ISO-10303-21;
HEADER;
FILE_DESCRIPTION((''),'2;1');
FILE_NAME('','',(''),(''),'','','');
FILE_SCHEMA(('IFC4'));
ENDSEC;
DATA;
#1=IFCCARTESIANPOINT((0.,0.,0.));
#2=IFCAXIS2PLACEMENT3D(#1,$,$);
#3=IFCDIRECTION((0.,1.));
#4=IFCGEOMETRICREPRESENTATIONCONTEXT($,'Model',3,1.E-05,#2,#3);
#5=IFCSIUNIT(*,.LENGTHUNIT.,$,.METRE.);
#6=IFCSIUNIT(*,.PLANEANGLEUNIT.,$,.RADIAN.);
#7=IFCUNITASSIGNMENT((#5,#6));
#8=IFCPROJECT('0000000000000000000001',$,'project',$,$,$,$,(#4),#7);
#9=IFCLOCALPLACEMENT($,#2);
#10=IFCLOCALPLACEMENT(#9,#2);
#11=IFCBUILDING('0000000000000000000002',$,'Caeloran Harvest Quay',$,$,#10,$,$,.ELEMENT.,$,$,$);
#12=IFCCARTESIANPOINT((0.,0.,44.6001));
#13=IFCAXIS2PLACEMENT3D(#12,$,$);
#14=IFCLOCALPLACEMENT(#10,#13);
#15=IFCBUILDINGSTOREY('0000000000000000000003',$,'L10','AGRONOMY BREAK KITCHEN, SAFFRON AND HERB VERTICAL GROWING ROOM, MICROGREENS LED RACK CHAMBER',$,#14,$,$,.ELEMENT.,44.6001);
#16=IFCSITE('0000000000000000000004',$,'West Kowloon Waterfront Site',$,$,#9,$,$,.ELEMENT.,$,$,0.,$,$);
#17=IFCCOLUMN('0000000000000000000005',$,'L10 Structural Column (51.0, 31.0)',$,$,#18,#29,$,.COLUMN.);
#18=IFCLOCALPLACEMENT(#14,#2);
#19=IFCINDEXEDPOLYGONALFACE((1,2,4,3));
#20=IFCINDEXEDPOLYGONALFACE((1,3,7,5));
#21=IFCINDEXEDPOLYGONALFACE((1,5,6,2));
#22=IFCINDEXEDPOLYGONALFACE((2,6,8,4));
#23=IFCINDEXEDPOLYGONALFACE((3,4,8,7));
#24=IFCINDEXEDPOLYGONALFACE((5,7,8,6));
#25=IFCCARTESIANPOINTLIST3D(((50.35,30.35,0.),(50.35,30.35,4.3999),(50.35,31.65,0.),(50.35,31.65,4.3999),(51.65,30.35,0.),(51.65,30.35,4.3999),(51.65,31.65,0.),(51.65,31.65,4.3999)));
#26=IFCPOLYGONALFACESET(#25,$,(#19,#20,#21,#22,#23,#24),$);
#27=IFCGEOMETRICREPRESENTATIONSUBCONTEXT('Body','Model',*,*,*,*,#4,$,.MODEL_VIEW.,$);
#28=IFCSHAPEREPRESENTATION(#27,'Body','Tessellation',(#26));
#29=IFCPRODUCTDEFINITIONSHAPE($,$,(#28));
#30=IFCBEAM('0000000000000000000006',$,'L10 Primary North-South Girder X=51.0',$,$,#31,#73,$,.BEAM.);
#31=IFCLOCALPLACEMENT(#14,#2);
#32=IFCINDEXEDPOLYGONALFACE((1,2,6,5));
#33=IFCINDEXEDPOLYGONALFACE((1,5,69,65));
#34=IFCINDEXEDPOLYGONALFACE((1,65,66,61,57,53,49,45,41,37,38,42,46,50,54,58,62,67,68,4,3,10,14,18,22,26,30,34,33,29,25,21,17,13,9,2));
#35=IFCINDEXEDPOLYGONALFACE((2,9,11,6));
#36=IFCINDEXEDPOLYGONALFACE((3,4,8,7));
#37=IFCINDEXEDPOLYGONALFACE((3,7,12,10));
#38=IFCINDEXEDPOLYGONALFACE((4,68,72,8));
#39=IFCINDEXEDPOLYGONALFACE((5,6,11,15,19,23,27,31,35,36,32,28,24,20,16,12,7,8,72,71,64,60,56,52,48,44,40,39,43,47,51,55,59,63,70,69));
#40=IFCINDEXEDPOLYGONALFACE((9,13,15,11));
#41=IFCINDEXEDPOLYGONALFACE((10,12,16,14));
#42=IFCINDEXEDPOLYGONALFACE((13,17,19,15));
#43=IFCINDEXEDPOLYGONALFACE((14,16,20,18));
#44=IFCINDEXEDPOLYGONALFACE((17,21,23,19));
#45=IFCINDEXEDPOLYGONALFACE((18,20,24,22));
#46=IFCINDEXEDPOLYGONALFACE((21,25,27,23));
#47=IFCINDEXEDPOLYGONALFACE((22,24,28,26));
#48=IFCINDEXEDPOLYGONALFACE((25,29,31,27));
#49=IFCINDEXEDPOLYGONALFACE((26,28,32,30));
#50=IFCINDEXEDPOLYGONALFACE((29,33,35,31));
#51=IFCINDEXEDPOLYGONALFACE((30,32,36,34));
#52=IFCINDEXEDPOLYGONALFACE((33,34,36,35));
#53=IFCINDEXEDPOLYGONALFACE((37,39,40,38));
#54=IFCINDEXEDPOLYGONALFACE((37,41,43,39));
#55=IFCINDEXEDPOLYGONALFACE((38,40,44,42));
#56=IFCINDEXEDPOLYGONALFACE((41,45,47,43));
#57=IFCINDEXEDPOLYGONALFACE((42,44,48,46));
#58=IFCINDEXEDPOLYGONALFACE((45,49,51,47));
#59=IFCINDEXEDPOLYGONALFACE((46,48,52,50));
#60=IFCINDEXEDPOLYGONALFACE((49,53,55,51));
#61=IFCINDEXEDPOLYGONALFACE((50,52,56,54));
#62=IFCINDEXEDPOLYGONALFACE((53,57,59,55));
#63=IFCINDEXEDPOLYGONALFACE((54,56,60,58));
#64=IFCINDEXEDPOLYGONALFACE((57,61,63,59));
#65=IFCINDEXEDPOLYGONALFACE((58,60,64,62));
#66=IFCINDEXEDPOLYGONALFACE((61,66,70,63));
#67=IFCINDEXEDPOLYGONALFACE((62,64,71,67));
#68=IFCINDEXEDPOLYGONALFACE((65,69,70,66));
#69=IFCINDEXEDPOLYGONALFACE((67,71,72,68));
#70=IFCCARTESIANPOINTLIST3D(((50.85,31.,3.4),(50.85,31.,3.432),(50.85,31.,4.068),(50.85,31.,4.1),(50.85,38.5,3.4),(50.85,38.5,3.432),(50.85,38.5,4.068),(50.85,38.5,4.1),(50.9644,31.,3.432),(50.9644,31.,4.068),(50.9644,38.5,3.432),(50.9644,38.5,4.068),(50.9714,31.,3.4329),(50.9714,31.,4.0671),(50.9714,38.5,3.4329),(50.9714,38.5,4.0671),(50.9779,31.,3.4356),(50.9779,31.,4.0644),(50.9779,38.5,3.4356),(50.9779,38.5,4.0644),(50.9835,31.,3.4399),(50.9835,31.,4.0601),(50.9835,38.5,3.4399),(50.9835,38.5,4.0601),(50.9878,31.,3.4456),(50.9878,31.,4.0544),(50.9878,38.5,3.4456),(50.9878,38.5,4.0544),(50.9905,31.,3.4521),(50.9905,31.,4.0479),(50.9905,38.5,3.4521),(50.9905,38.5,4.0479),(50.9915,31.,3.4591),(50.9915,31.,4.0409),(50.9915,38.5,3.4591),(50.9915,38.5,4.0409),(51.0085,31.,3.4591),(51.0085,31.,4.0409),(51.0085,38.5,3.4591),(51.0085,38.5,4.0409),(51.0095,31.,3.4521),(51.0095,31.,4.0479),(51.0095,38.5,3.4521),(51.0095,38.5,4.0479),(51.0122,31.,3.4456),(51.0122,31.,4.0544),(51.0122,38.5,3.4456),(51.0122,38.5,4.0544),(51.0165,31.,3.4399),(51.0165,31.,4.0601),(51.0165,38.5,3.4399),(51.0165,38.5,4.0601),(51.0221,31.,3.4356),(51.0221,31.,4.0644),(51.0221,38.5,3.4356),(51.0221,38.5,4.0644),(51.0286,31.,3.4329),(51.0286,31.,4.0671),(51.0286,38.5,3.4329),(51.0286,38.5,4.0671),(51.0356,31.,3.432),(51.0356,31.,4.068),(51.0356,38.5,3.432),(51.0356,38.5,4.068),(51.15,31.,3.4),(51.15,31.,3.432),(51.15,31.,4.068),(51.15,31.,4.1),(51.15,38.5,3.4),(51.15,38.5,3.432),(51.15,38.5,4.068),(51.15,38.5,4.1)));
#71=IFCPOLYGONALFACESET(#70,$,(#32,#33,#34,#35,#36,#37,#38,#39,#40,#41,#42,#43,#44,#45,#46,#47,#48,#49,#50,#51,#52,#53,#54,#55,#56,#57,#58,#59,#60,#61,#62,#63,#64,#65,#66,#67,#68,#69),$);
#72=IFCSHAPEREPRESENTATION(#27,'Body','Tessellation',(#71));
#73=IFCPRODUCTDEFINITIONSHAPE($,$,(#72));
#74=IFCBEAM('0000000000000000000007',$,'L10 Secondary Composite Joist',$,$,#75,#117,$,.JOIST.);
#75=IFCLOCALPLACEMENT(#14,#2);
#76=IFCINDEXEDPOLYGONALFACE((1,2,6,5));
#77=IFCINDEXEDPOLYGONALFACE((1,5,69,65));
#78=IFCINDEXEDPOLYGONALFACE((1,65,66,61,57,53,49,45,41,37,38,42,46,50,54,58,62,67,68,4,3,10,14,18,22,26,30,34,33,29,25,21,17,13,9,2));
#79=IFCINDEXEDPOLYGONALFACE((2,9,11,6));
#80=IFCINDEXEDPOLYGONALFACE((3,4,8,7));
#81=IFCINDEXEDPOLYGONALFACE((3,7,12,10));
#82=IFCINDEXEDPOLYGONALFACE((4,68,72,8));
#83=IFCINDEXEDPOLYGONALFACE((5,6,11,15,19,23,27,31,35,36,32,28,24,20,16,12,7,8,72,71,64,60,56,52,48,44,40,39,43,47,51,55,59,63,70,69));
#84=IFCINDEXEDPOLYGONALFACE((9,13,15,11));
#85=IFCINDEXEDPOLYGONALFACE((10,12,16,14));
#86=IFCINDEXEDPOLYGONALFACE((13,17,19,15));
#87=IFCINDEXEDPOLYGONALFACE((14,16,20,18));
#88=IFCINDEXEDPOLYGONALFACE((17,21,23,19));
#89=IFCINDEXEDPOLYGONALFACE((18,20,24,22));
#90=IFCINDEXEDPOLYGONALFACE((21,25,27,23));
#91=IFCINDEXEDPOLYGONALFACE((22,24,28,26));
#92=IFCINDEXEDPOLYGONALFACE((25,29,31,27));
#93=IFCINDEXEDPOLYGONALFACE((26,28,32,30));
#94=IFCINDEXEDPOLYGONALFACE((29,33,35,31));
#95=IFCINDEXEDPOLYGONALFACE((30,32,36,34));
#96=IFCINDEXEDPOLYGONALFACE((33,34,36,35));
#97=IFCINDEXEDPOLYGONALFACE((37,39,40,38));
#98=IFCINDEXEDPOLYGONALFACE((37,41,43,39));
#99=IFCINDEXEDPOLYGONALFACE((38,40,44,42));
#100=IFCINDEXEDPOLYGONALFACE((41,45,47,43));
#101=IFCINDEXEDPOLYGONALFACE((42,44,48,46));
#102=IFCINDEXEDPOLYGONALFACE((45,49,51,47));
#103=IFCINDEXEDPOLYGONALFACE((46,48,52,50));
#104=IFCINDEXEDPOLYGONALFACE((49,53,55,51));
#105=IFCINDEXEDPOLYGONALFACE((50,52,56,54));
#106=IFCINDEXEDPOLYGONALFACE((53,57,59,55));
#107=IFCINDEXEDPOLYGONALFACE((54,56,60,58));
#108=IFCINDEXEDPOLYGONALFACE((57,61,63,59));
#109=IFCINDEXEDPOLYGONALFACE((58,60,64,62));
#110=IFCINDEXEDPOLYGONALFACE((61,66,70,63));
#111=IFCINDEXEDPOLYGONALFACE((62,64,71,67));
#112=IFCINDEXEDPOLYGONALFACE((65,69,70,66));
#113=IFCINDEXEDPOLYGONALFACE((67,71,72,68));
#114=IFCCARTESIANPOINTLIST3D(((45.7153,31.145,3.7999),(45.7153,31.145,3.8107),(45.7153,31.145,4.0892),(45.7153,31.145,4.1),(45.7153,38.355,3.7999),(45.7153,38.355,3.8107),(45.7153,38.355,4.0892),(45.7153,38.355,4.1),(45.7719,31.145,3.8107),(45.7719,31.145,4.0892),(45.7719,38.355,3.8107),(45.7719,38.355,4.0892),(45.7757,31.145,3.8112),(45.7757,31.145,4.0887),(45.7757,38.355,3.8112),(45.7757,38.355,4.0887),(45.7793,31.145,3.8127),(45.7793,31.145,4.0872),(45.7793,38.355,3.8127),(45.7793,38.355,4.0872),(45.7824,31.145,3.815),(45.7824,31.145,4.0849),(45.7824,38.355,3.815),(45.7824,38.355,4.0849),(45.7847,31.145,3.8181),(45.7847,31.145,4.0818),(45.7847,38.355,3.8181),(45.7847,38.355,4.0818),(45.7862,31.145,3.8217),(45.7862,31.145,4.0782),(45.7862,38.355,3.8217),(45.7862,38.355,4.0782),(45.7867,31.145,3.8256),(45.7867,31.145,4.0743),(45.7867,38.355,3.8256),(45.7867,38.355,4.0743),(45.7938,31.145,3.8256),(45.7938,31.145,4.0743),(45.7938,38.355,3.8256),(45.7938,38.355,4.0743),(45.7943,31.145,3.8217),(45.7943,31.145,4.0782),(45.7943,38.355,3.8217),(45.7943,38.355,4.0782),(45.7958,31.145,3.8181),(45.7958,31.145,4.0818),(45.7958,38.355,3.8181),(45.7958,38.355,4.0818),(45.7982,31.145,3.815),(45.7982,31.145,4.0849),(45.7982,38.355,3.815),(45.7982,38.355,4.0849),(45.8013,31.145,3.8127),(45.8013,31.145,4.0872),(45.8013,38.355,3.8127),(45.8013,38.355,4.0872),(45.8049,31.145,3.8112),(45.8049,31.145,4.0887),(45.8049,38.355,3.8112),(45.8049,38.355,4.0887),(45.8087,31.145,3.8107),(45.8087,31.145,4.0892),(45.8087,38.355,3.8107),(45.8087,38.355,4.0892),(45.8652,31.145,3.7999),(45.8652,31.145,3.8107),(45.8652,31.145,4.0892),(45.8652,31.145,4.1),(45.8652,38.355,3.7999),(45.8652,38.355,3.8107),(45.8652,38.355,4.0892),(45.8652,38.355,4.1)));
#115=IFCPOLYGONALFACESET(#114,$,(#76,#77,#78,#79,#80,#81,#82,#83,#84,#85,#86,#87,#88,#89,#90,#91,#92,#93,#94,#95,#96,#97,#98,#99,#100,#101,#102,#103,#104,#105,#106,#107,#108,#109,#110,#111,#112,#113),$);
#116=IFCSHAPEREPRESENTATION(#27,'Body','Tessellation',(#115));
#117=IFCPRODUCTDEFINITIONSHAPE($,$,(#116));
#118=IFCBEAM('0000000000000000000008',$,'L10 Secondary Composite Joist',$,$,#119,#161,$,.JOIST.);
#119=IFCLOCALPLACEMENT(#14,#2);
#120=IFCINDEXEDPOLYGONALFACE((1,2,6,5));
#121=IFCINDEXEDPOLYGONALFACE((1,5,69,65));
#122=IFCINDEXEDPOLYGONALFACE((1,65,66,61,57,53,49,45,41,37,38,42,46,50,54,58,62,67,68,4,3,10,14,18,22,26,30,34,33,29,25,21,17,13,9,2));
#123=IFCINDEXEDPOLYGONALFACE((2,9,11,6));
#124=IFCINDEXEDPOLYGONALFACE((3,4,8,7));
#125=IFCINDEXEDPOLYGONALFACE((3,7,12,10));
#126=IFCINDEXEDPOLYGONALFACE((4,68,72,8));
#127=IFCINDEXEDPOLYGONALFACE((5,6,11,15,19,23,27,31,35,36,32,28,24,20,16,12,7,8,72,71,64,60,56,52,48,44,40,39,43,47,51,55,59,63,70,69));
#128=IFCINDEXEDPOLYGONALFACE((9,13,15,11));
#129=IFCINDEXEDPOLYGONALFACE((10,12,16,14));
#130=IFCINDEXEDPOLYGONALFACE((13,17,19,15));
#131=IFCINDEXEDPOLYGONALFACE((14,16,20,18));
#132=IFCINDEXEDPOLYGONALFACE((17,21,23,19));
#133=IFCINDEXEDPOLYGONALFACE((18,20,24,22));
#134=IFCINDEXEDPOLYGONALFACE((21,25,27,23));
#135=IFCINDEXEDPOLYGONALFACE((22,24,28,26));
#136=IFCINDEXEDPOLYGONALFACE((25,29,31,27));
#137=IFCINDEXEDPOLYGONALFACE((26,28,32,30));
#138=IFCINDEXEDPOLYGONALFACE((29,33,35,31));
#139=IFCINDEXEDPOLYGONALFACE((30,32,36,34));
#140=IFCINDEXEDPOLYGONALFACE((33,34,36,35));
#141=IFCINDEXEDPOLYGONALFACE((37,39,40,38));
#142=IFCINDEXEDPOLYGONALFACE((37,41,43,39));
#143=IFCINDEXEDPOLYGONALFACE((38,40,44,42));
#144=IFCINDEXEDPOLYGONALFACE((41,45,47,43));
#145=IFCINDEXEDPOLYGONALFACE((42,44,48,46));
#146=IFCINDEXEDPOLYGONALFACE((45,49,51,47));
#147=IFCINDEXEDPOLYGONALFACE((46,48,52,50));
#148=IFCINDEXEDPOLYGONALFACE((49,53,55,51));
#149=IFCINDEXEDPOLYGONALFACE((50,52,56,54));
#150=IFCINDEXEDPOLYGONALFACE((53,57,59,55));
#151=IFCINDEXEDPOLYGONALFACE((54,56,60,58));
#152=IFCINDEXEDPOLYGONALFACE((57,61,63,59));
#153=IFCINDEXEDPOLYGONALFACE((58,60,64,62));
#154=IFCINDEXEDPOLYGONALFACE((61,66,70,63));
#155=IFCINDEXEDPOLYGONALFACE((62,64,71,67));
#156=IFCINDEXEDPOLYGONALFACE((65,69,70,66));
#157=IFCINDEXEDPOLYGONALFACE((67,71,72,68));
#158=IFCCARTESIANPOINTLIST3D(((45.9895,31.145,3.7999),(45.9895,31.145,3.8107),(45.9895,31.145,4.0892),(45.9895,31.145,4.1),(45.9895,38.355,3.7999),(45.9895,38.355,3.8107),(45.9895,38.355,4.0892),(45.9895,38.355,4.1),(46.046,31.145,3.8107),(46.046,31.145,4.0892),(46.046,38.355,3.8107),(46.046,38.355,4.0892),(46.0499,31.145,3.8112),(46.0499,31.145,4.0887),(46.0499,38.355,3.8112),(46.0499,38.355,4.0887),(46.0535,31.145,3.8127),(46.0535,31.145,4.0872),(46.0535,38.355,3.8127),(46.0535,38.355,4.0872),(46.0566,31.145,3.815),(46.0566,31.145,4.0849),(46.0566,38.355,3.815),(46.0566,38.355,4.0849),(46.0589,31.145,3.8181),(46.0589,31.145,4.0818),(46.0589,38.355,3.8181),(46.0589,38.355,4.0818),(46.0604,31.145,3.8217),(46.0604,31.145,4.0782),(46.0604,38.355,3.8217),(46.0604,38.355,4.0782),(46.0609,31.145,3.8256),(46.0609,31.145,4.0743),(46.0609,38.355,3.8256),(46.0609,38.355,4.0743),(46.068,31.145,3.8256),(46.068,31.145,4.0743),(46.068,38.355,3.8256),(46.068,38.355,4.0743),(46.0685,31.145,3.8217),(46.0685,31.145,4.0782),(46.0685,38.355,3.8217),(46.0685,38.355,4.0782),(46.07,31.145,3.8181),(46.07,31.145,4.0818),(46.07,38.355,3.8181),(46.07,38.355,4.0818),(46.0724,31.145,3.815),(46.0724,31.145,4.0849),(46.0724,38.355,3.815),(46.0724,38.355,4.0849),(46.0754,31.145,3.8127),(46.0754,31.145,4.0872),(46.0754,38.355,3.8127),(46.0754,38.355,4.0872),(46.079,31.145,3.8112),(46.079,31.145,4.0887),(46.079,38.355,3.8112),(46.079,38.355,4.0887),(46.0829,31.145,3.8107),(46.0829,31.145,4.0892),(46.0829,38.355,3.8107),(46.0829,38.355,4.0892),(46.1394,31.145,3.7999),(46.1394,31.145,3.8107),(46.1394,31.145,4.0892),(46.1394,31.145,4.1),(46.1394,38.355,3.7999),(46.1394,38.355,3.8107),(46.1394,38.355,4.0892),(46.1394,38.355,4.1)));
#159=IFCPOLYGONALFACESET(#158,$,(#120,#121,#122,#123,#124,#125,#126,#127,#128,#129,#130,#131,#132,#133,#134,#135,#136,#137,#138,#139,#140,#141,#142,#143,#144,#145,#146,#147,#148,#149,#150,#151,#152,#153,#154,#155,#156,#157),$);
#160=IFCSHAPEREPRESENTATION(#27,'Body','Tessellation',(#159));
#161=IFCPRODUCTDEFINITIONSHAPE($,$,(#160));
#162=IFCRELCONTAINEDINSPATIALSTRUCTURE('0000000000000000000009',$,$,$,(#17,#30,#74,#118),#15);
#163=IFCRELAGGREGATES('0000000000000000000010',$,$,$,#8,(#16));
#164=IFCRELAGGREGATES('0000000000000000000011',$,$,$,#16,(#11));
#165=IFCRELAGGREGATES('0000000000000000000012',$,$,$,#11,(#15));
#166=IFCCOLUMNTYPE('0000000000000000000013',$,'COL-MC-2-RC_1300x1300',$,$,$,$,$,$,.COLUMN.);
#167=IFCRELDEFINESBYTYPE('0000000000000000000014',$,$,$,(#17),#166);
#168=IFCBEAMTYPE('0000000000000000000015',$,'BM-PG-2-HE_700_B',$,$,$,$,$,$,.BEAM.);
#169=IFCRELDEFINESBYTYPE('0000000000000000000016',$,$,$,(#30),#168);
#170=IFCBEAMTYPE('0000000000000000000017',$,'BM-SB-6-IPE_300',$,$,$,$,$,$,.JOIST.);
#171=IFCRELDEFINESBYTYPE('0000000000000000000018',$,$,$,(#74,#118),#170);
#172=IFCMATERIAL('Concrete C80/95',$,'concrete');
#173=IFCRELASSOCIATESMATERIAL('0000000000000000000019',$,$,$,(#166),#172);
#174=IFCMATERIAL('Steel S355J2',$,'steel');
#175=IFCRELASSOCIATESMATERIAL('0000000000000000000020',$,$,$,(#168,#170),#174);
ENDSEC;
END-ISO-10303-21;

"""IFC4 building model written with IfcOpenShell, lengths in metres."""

from ifc_helpers import new_model, si_unit, direction, frame, origin, origin_2d, place, context, subcontext, project, spatial, rectangle, i_section, extrude, material, material_profile, profile_set, type_object, element, save


model = new_model("IFC4")

# Units and contexts
model_context = context("Model", 3, precision=1e-05, world=origin(), true_north=direction((0.0, 1.0)))
body_context = subcontext(model_context, "Body", "Model", "MODEL_VIEW")
ifc_project = project(units=[si_unit("LENGTHUNIT", "METRE"), si_unit("PLANEANGLEUNIT", "RADIAN")], contexts=[model_context])

# Site, building, storey
site_placement = place(None, origin())
site = spatial("IfcSite", under=ifc_project, at=site_placement, Name="West Kowloon Waterfront Site", CompositionType="ELEMENT", RefElevation=0.0)
building_placement = place(site_placement, origin())
building = spatial("IfcBuilding", under=site, at=building_placement, Name="Caeloran Harvest Quay", CompositionType="ELEMENT")
storey_placement = place(building_placement, frame((0.0, 0.0, 44.6001)))
storey = spatial("IfcBuildingStorey", under=building, at=storey_placement, Name="L10", Description="AGRONOMY BREAK KITCHEN, SAFFRON AND HERB VERTICAL GROWING ROOM, MICROGREENS LED RACK CHAMBER", CompositionType="ELEMENT", Elevation=44.6001)

# Column
ifc_material_1 = material(Name="Concrete C80/95", Category="concrete")
ifc_material_profile_1 = material_profile(ifc_material_1, rectangle(XDim=1.3, YDim=1.3, at=origin_2d()), Name="RC 1300x1300")
ifc_profile_set_1 = profile_set([ifc_material_profile_1], Name="Concrete C80/95")
column_type = type_object("IfcColumnType", Name="COL-MC-2-RC_1300x1300", PredefinedType="COLUMN", material=ifc_profile_set_1)
column_placement = place(storey_placement, frame((51.0, 31.0, 0.0), z_axis=(0.0, 0.0, 1.0), x_axis=(1.0, 0.0, 0.0)))
element("IfcColumn", 1, at=column_placement, inside=storey, type_object=column_type, Name="L10 Structural Column (51.0, 31.0)", PredefinedType="COLUMN", context=body_context, shape_type="SweptSolid", body=[
    extrude(rectangle(XDim=1.3, YDim=1.3, at=origin_2d()), origin(), (0.0, 0.0, 1.0), 4.3999),
])

# Beams
ifc_material_2 = material(Name="Steel S355J2", Category="steel")
ifc_material_profile_2 = material_profile(ifc_material_2, i_section(OverallWidth=0.3, OverallDepth=0.7, WebThickness=0.0171, FlangeThickness=0.032, FilletRadius=0.0271, at=origin_2d()), Name="HE 700 B")
ifc_profile_set_2 = profile_set([ifc_material_profile_2], Name="Steel S355J2")
beam_type_1 = type_object("IfcBeamType", Name="BM-PG-2-HE_700_B", PredefinedType="BEAM", material=ifc_profile_set_2)
beam_placement = place(storey_placement, frame((51.0, 31.0, 3.75), z_axis=(0.0, 1.0, 0.0), x_axis=(-1.0, 0.0, 0.0)))
element("IfcBeam", 2, at=beam_placement, inside=storey, type_object=beam_type_1, Name="L10 Primary North-South Girder X=51.0", PredefinedType="BEAM", context=body_context, shape_type="SweptSolid", body=[
    extrude(i_section(OverallWidth=0.3, OverallDepth=0.7, WebThickness=0.0171, FlangeThickness=0.032, FilletRadius=0.0271, at=origin_2d()), origin(), (0.0, 0.0, 1.0), 7.5),
])
ifc_material_profile_3 = material_profile(ifc_material_2, i_section(OverallWidth=0.1499, OverallDepth=0.3, WebThickness=0.0071, FlangeThickness=0.0107, FilletRadius=0.0149, at=origin_2d()), Name="IPE 300")
ifc_profile_set_3 = profile_set([ifc_material_profile_3], Name="Steel S355J2")
beam_type_2 = type_object("IfcBeamType", Name="BM-SB-6-IPE_300", PredefinedType="JOIST", material=ifc_profile_set_3)
for number, where, z_axis, x_axis, name in (
    (3, (45.7903, 31.145, 3.95), (0.0, 1.0, 0.0), (-1.0, 0.0, 0.0), "L10 Secondary Composite Joist"),
    (4, (46.0645, 31.145, 3.95), (0.0, 1.0, 0.0), (-1.0, 0.0, 0.0), "L10 Secondary Composite Joist"),
):
    element("IfcBeam", number, at=place(storey_placement, frame(where, z_axis=z_axis, x_axis=x_axis)), inside=storey, type_object=beam_type_2, Name=name, PredefinedType="JOIST", context=body_context, shape_type="SweptSolid", body=[
        extrude(i_section(OverallWidth=0.1499, OverallDepth=0.3, WebThickness=0.0071, FlangeThickness=0.0107, FilletRadius=0.0149, at=origin_2d()), origin(), (0.0, 0.0, 1.0), 7.21),
    ])

save(model, "model.ifc")
